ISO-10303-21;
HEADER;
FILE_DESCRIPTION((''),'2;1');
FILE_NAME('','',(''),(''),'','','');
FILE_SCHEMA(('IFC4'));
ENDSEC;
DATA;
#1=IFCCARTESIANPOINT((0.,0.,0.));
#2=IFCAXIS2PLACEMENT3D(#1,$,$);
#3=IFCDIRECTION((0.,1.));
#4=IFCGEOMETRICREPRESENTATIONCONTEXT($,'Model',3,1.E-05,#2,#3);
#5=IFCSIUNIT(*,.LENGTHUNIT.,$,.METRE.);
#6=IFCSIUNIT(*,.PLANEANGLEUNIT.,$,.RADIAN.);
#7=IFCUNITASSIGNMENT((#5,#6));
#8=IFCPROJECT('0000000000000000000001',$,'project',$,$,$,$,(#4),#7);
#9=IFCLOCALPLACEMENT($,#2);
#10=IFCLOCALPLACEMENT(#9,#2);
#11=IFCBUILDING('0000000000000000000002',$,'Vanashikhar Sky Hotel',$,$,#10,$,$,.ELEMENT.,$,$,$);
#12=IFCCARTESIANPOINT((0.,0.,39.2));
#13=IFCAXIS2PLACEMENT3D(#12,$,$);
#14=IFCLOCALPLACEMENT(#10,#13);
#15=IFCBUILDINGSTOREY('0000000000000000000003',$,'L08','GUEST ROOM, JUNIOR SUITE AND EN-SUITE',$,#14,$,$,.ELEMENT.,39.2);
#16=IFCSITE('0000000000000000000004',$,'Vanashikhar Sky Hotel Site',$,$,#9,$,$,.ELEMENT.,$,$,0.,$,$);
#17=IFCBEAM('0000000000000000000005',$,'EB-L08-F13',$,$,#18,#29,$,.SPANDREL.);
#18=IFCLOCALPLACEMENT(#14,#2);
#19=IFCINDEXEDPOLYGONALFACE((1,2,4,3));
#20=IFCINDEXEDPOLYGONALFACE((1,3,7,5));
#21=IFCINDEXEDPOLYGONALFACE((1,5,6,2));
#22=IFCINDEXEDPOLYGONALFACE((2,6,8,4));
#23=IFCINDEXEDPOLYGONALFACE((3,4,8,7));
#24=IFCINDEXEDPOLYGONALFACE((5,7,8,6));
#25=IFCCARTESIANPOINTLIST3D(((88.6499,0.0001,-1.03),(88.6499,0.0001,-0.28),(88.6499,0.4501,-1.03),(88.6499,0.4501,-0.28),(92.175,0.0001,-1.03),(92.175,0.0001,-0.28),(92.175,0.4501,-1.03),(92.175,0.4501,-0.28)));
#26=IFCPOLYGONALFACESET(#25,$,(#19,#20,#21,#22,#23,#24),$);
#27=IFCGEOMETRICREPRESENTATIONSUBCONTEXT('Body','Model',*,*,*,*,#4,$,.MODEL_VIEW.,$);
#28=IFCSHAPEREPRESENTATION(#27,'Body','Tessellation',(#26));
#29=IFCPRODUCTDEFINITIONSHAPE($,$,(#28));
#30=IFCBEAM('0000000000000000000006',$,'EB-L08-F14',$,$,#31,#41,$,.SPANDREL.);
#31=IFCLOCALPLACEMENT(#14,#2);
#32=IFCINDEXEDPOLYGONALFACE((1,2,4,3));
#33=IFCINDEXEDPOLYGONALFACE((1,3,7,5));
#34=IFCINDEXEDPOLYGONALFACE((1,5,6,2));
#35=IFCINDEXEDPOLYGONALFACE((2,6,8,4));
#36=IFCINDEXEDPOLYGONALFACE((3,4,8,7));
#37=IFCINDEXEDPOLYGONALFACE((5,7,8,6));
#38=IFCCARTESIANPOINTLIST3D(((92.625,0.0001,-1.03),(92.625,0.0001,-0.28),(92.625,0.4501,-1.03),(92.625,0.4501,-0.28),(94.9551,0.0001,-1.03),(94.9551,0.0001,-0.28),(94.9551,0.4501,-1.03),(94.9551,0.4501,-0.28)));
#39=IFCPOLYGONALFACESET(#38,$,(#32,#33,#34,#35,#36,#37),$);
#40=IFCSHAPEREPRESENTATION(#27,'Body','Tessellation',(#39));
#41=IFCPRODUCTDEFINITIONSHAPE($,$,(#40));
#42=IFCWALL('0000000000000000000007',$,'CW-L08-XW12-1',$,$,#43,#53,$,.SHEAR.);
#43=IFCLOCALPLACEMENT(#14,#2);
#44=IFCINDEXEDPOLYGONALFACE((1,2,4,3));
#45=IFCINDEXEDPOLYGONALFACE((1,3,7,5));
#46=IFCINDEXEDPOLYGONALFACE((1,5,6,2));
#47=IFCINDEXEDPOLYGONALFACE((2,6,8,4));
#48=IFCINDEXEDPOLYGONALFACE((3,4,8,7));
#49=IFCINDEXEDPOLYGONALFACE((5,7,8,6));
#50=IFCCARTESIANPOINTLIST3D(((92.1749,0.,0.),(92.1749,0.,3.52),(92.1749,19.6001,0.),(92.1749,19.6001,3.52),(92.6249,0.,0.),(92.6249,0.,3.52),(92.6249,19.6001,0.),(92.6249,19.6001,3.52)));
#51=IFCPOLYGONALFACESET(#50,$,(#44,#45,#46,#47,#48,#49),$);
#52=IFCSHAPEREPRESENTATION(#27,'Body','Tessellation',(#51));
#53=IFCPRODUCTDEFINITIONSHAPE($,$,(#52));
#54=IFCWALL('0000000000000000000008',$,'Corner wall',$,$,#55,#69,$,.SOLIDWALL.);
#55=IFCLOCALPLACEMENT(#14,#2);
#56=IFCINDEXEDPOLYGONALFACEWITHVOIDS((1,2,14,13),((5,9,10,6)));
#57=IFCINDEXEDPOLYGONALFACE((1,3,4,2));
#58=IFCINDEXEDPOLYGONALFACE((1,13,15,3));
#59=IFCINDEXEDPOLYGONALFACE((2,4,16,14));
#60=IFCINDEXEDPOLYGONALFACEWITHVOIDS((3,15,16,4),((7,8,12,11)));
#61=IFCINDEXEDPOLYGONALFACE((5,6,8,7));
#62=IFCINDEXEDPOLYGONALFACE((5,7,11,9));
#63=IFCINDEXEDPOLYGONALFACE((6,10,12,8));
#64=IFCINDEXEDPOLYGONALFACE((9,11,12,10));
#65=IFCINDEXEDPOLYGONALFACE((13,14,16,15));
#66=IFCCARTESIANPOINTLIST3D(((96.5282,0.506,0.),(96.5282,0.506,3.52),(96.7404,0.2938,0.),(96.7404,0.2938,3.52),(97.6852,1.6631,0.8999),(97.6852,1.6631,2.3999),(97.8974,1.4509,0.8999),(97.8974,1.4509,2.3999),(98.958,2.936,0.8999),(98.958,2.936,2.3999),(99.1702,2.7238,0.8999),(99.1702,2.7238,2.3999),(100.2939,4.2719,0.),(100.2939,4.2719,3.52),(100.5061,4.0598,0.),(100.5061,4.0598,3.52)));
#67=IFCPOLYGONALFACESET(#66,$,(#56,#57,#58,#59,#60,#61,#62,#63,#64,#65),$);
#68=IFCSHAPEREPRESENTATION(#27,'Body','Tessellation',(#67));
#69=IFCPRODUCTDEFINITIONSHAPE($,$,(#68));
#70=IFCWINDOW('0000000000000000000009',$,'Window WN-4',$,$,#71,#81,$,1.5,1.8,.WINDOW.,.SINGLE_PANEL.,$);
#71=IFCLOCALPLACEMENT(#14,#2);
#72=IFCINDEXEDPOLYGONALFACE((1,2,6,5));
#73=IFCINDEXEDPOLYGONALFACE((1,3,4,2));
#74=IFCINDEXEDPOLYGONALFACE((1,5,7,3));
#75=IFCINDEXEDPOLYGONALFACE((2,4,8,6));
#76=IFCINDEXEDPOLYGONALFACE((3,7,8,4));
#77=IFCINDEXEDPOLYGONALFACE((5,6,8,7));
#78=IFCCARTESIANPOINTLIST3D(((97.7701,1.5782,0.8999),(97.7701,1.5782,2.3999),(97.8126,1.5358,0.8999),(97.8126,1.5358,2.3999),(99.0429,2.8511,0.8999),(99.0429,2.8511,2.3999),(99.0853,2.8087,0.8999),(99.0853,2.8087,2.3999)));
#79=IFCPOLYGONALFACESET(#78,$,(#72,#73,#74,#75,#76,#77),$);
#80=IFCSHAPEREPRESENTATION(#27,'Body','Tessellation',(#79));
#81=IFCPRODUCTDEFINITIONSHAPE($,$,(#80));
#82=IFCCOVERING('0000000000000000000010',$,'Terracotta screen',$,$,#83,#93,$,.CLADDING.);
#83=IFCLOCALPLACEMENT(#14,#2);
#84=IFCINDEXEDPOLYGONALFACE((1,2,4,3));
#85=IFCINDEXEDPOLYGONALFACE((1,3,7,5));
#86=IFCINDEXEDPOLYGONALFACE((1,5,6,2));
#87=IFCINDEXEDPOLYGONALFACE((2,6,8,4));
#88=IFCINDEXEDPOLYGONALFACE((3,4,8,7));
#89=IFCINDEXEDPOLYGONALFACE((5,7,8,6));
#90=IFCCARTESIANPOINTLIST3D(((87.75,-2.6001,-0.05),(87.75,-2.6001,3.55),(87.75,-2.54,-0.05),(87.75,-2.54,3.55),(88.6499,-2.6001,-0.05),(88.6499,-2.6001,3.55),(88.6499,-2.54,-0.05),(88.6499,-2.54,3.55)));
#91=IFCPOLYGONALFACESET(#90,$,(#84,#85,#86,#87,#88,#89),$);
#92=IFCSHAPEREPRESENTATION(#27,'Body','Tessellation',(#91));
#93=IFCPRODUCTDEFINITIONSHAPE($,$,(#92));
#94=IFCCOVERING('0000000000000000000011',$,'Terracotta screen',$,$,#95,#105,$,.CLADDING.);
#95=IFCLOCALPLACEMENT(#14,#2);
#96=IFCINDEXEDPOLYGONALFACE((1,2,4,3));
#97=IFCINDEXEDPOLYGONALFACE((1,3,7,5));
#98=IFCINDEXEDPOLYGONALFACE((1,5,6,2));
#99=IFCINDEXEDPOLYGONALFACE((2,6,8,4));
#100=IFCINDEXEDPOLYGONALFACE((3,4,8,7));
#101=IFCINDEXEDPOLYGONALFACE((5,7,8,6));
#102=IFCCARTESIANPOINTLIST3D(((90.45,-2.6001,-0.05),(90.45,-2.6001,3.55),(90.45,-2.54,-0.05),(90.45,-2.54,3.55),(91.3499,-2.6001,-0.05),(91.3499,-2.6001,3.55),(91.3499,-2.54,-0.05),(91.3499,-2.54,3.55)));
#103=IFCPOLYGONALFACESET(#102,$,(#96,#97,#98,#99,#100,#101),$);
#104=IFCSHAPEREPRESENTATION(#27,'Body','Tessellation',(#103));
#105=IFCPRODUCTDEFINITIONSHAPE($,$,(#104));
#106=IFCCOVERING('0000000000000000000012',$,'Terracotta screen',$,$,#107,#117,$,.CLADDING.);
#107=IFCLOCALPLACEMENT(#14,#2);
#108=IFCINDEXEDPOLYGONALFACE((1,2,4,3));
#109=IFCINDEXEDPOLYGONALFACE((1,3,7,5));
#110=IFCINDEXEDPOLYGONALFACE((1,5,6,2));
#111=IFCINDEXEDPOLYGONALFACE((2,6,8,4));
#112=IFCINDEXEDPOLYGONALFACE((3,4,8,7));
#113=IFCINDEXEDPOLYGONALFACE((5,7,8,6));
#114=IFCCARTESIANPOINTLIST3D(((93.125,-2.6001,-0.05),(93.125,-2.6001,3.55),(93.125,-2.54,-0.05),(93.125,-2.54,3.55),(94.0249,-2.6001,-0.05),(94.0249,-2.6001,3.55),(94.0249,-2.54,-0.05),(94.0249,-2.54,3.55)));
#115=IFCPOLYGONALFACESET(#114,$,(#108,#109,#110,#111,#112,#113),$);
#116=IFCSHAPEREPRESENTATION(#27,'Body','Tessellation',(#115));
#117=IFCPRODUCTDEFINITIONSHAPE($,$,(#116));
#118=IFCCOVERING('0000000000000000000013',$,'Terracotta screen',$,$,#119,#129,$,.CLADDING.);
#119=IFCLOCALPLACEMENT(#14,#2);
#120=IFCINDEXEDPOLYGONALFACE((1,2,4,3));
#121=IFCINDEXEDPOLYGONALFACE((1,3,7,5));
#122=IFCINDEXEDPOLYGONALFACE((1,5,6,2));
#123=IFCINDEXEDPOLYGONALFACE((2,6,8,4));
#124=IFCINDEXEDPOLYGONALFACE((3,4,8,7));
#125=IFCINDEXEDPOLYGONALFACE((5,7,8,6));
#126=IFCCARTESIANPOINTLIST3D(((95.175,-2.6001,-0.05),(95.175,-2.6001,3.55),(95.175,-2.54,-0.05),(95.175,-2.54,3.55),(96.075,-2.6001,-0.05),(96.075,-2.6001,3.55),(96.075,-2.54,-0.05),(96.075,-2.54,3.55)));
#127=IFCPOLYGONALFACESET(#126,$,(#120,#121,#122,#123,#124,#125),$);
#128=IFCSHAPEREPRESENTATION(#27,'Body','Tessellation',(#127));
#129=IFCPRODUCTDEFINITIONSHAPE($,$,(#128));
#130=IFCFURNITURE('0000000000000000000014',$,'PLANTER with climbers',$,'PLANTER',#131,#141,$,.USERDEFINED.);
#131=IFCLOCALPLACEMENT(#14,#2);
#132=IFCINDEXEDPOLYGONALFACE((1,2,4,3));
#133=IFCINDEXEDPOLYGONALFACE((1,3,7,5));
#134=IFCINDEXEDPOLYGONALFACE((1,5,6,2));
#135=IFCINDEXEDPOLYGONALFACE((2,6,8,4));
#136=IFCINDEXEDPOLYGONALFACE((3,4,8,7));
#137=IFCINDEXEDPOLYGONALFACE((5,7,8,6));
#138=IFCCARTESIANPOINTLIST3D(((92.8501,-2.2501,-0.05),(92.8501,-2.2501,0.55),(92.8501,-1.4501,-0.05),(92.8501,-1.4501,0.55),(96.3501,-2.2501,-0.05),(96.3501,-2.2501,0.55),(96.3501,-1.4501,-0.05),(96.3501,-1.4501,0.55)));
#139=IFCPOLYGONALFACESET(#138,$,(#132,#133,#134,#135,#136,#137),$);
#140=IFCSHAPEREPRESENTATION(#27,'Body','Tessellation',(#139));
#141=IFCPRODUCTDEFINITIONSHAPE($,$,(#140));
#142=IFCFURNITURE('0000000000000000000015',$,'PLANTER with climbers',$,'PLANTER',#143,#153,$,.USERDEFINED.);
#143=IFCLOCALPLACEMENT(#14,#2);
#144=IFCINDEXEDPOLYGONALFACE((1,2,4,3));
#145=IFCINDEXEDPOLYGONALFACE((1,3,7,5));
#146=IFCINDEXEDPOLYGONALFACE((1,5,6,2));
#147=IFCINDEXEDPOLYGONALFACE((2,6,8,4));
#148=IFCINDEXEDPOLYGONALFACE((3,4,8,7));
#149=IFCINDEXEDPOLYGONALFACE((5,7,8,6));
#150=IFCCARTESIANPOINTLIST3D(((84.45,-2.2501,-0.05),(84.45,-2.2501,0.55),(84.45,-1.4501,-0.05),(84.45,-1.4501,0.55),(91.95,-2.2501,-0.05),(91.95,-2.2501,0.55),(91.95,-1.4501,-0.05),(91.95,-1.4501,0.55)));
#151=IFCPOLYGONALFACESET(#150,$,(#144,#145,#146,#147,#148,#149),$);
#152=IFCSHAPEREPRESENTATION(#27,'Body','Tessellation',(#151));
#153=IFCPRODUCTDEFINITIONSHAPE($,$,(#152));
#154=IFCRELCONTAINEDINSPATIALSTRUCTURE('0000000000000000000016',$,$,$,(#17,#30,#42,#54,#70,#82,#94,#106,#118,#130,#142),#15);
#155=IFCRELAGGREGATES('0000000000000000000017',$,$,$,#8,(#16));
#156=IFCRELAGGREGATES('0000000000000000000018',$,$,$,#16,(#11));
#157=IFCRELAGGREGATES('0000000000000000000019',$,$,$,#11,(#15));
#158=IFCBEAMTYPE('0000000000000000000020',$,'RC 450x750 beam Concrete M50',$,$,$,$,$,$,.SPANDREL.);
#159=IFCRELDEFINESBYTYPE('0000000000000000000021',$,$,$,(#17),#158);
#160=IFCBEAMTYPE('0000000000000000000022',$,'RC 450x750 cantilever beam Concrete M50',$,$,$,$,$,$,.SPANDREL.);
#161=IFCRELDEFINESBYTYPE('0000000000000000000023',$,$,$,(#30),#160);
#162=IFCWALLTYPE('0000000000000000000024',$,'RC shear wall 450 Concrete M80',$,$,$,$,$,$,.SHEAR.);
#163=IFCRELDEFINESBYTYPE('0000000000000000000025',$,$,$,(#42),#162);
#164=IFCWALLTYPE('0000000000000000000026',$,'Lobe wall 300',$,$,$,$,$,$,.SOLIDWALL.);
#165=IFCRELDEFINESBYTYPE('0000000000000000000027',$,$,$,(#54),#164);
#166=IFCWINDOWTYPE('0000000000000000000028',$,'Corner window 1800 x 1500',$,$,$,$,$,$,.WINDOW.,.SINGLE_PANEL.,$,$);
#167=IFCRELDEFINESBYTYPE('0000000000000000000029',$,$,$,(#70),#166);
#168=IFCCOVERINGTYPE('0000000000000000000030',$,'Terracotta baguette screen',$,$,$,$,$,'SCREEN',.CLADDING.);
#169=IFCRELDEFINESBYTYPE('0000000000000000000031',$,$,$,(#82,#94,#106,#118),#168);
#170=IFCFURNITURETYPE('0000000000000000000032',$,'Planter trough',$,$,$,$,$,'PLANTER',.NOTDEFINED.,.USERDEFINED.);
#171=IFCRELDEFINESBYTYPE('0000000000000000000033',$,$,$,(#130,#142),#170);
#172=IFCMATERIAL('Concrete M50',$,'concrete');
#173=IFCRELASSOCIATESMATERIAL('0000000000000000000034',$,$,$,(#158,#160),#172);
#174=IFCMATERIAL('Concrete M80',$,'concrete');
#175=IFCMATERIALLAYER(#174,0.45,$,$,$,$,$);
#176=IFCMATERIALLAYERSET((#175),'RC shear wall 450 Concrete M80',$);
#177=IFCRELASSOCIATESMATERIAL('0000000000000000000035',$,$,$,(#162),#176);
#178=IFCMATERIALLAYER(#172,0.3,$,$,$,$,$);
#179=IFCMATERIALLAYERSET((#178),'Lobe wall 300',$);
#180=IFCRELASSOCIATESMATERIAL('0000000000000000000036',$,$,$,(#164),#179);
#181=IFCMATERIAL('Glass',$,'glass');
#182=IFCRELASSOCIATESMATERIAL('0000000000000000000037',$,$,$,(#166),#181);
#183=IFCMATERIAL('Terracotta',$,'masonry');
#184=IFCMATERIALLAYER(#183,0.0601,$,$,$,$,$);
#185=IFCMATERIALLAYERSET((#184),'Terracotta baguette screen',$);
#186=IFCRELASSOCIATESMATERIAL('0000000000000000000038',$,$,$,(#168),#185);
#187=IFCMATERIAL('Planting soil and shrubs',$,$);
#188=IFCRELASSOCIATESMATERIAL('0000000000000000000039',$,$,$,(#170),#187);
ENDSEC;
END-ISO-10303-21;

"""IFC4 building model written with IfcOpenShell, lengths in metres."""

from ifc_helpers import new_model, si_unit, direction, frame, frame_2d, origin, origin_2d, place, context, subcontext, project, spatial, rectangle, extrude, source, transform, mapped, material, layer, layer_set, material_profile, profile_set, type_object, element, fill, save


model = new_model("IFC4")

# Units and contexts
model_context = context("Model", 3, precision=1e-05, world=origin(), true_north=direction((0.0, 1.0)))
body_context = subcontext(model_context, "Body", "Model", "MODEL_VIEW")
ifc_project = project(units=[si_unit("LENGTHUNIT", "METRE"), si_unit("PLANEANGLEUNIT", "RADIAN")], contexts=[model_context])

# Site, building, storey
site_placement = place(None, origin())
site = spatial("IfcSite", under=ifc_project, at=site_placement, Name="Vanashikhar Sky Hotel Site", CompositionType="ELEMENT", RefElevation=0.0)
building_placement = place(site_placement, origin())
building = spatial("IfcBuilding", under=site, at=building_placement, Name="Vanashikhar Sky Hotel", CompositionType="ELEMENT")
storey_placement = place(building_placement, frame((0.0, 0.0, 39.2)))
storey = spatial("IfcBuildingStorey", under=building, at=storey_placement, Name="L08", Description="GUEST ROOM, JUNIOR SUITE AND EN-SUITE", CompositionType="ELEMENT", Elevation=39.2)

# Beams
ifc_material_1 = material(Name="Concrete M50", Category="concrete")
ifc_material_profile_1 = material_profile(ifc_material_1, rectangle(XDim=0.45, YDim=0.75, at=origin_2d()))
ifc_profile_set_1 = profile_set([ifc_material_profile_1], Name="RC 450x750 beam Concrete M50")
beam_type_1 = type_object("IfcBeamType", Name="RC 450x750 beam Concrete M50", PredefinedType="SPANDREL", material=ifc_profile_set_1)
shared_shape_1 = source(origin(), body_context, "Body", "SweptSolid", [
    extrude(rectangle(XDim=0.45, YDim=0.75, at=origin_2d()), origin(), (0.0, 0.0, 1.0), 3.5251),
])
beam_1_placement = place(storey_placement, frame((88.6499, 0.2251, -0.655), z_axis=(1.0, 0.0, 0.0), x_axis=(0.0, 1.0, 0.0)))
element("IfcBeam", 1, at=beam_1_placement, inside=storey, type_object=beam_type_1, Name="EB-L08-F13", PredefinedType="SPANDREL", context=body_context, shape_type="MappedRepresentation", body=[
    mapped(shared_shape_1, transform((0.0, 0.0, 0.0), scale=1.0)),
])
ifc_material_profile_2 = material_profile(ifc_material_1, rectangle(XDim=0.45, YDim=0.75, at=origin_2d()))
ifc_profile_set_2 = profile_set([ifc_material_profile_2], Name="RC 450x750 cantilever beam Concrete M50")
beam_type_2 = type_object("IfcBeamType", Name="RC 450x750 cantilever beam Concrete M50", PredefinedType="SPANDREL", material=ifc_profile_set_2)
shared_shape_2 = source(origin(), body_context, "Body", "SweptSolid", [
    extrude(rectangle(XDim=0.45, YDim=0.75, at=origin_2d()), origin(), (0.0, 0.0, 1.0), 2.3301),
])
beam_2_placement = place(storey_placement, frame((92.625, 0.2251, -0.655), z_axis=(1.0, 0.0, 0.0), x_axis=(0.0, 1.0, 0.0)))
element("IfcBeam", 2, at=beam_2_placement, inside=storey, type_object=beam_type_2, Name="EB-L08-F14", PredefinedType="SPANDREL", context=body_context, shape_type="MappedRepresentation", body=[
    mapped(shared_shape_2, transform((0.0, 0.0, 0.0), scale=1.0)),
])

# Wall
ifc_material_2 = material(Name="Concrete M80", Category="concrete")
ifc_layer_1 = layer(ifc_material_2, 0.45)
ifc_layer_set_1 = layer_set([ifc_layer_1], Name="RC shear wall 450 Concrete M80")
wall_type_1 = type_object("IfcWallType", Name="RC shear wall 450 Concrete M80", PredefinedType="SHEAR", material=ifc_layer_set_1)
shared_shape_3 = source(origin(), body_context, "Body", "SweptSolid", [
    extrude(rectangle(XDim=19.6001, YDim=0.45, at=frame_2d((9.8, 0.0))), origin(), (0.0, 0.0, 1.0), 3.52),
])
wall_1_placement = place(storey_placement, frame((92.3999, 0.0, 0.0), z_axis=(0.0, 0.0, 1.0), x_axis=(0.0, 1.0, 0.0)))
element("IfcWall", 3, at=wall_1_placement, inside=storey, type_object=wall_type_1, Name="CW-L08-XW12-1", PredefinedType="SHEAR", context=body_context, shape_type="MappedRepresentation", body=[
    mapped(shared_shape_3, transform((0.0, 0.0, 0.0), scale=1.0)),
])

# Shared definitions
ifc_material_3 = material(Name="Glass", Category="glass")

# Wall, opening, window
ifc_layer_2 = layer(ifc_material_1, 0.3)
ifc_layer_set_2 = layer_set([ifc_layer_2], Name="Lobe wall 300")
wall_type_2 = type_object("IfcWallType", Name="Lobe wall 300", PredefinedType="SOLIDWALL", material=ifc_layer_set_2)
shared_shape_4 = source(origin(), body_context, "Body", "SweptSolid", [
    extrude(rectangle(XDim=5.3257, YDim=0.3, at=frame_2d((2.6628, 0.0))), origin(), (0.0, 0.0, 1.0), 3.52),
])
wall_2_placement = place(storey_placement, frame((96.6343, 0.3999, 0.0), z_axis=(0.0, 0.0, 1.0), x_axis=(0.707084, 0.70713, 0.0)))
wall_2 = element("IfcWall", 4, at=wall_2_placement, inside=storey, type_object=wall_type_2, Name="Corner wall", PredefinedType="SOLIDWALL", context=body_context, shape_type="MappedRepresentation", body=[
    mapped(shared_shape_4, transform((0.0, 0.0, 0.0), scale=1.0)),
])
shared_shape_5 = source(origin(), body_context, "Body", "SweptSolid", [
    extrude(rectangle(XDim=1.8, YDim=1.5, at=frame_2d((0.8999, 0.75))), frame((0.0, 0.1602, 0.0), z_axis=(0.0, -1.0, 0.0), x_axis=(1.0, 0.0, 0.0)), (0.0, 0.0, 1.0), 0.3201),
])
opening_1_placement = place(wall_2_placement, frame((1.6365, 0.0, 0.8999)))
opening_1 = element("IfcOpeningElement", 5, at=opening_1_placement, cuts=wall_2, PredefinedType="OPENING", context=body_context, shape_type="MappedRepresentation", body=[
    mapped(shared_shape_5, transform((0.0, 0.0, 0.0), scale=1.0)),
])
window_type_1 = type_object("IfcWindowType", Name="Corner window 1800 x 1500", PartitioningType="SINGLE_PANEL", PredefinedType="WINDOW", material=ifc_material_3)
shared_shape_6 = source(origin(), body_context, "Body", "SweptSolid", [
    extrude(rectangle(XDim=1.8, YDim=1.5, at=frame_2d((0.8999, 0.75))), frame((0.0, 0.03, 0.0), z_axis=(0.0, -1.0, 0.0), x_axis=(1.0, 0.0, 0.0)), (0.0, 0.0, 1.0), 0.0601),
])
window_1_placement = place(opening_1_placement, origin())
window_1 = element("IfcWindow", 6, at=window_1_placement, inside=storey, type_object=window_type_1, Name="Window WN-4", OverallHeight=1.5, OverallWidth=1.8, PartitioningType="SINGLE_PANEL", PredefinedType="WINDOW", context=body_context, shape_type="MappedRepresentation", body=[
    mapped(shared_shape_6, transform((0.0, 0.0, 0.0), scale=1.0)),
])
fill(opening_1, window_1)

# Coverings
ifc_material_4 = material(Name="Terracotta", Category="masonry")
ifc_layer_3 = layer(ifc_material_4, 0.0601)
ifc_layer_set_3 = layer_set([ifc_layer_3], Name="Terracotta baguette screen")
covering_type = type_object("IfcCoveringType", Name="Terracotta baguette screen", ElementType="SCREEN", PredefinedType="CLADDING", material=ifc_layer_set_3)
shared_shape_7 = source(origin(), body_context, "Body", "SweptSolid", [
    extrude(rectangle(XDim=0.8999, YDim=0.0601, at=origin_2d()), origin(), (0.0, 0.0, 1.0), 3.6001),
])
for number, where, z_axis, x_axis, name in (
    (7, (88.2, -2.5701, -0.05), (0.0, 0.0, 1.0), (1.0, 0.0, 0.0), "Terracotta screen"),
    (8, (90.8999, -2.5701, -0.05), (0.0, 0.0, 1.0), (1.0, 0.0, 0.0), "Terracotta screen"),
    (9, (93.575, -2.5701, -0.05), (0.0, 0.0, 1.0), (1.0, 0.0, 0.0), "Terracotta screen"),
    (10, (95.625, -2.5701, -0.05), (0.0, 0.0, 1.0), (1.0, 0.0, 0.0), "Terracotta screen"),
):
    element("IfcCovering", number, at=place(storey_placement, frame(where, z_axis=z_axis, x_axis=x_axis)), inside=storey, type_object=covering_type, Name=name, PredefinedType="CLADDING", context=body_context, shape_type="MappedRepresentation", body=[
        mapped(shared_shape_7, transform((0.0, 0.0, 0.0), scale=1.0)),
    ])

# Furniture
ifc_material_5 = material(Name="Planting soil and shrubs")
furniture_type = type_object("IfcFurnitureType", Name="Planter trough", ElementType="PLANTER", AssemblyPlace="NOTDEFINED", PredefinedType="USERDEFINED", material=ifc_material_5)
shared_shape_8 = source(origin(), body_context, "Body", "SweptSolid", [
    extrude(rectangle(XDim=3.5, YDim=0.8, at=origin_2d()), origin(), (0.0, 0.0, 1.0), 0.6001),
])
furniture_1_placement = place(storey_placement, frame((94.6001, -1.8501, -0.05), z_axis=(0.0, 0.0, 1.0), x_axis=(1.0, 0.0, 0.0)))
element("IfcFurniture", 11, at=furniture_1_placement, inside=storey, type_object=furniture_type, Name="PLANTER with climbers", ObjectType="PLANTER", PredefinedType="USERDEFINED", context=body_context, shape_type="MappedRepresentation", body=[
    mapped(shared_shape_8, transform((0.0, 0.0, 0.0), scale=1.0)),
])
shared_shape_9 = source(origin(), body_context, "Body", "SweptSolid", [
    extrude(rectangle(XDim=7.5, YDim=0.8, at=origin_2d()), origin(), (0.0, 0.0, 1.0), 0.6001),
])
furniture_2_placement = place(storey_placement, frame((88.2, -1.8501, -0.05), z_axis=(0.0, 0.0, 1.0), x_axis=(1.0, 0.0, 0.0)))
element("IfcFurniture", 12, at=furniture_2_placement, inside=storey, type_object=furniture_type, Name="PLANTER with climbers", ObjectType="PLANTER", PredefinedType="USERDEFINED", context=body_context, shape_type="MappedRepresentation", body=[
    mapped(shared_shape_9, transform((0.0, 0.0, 0.0), scale=1.0)),
])

save(model, "model.ifc")
